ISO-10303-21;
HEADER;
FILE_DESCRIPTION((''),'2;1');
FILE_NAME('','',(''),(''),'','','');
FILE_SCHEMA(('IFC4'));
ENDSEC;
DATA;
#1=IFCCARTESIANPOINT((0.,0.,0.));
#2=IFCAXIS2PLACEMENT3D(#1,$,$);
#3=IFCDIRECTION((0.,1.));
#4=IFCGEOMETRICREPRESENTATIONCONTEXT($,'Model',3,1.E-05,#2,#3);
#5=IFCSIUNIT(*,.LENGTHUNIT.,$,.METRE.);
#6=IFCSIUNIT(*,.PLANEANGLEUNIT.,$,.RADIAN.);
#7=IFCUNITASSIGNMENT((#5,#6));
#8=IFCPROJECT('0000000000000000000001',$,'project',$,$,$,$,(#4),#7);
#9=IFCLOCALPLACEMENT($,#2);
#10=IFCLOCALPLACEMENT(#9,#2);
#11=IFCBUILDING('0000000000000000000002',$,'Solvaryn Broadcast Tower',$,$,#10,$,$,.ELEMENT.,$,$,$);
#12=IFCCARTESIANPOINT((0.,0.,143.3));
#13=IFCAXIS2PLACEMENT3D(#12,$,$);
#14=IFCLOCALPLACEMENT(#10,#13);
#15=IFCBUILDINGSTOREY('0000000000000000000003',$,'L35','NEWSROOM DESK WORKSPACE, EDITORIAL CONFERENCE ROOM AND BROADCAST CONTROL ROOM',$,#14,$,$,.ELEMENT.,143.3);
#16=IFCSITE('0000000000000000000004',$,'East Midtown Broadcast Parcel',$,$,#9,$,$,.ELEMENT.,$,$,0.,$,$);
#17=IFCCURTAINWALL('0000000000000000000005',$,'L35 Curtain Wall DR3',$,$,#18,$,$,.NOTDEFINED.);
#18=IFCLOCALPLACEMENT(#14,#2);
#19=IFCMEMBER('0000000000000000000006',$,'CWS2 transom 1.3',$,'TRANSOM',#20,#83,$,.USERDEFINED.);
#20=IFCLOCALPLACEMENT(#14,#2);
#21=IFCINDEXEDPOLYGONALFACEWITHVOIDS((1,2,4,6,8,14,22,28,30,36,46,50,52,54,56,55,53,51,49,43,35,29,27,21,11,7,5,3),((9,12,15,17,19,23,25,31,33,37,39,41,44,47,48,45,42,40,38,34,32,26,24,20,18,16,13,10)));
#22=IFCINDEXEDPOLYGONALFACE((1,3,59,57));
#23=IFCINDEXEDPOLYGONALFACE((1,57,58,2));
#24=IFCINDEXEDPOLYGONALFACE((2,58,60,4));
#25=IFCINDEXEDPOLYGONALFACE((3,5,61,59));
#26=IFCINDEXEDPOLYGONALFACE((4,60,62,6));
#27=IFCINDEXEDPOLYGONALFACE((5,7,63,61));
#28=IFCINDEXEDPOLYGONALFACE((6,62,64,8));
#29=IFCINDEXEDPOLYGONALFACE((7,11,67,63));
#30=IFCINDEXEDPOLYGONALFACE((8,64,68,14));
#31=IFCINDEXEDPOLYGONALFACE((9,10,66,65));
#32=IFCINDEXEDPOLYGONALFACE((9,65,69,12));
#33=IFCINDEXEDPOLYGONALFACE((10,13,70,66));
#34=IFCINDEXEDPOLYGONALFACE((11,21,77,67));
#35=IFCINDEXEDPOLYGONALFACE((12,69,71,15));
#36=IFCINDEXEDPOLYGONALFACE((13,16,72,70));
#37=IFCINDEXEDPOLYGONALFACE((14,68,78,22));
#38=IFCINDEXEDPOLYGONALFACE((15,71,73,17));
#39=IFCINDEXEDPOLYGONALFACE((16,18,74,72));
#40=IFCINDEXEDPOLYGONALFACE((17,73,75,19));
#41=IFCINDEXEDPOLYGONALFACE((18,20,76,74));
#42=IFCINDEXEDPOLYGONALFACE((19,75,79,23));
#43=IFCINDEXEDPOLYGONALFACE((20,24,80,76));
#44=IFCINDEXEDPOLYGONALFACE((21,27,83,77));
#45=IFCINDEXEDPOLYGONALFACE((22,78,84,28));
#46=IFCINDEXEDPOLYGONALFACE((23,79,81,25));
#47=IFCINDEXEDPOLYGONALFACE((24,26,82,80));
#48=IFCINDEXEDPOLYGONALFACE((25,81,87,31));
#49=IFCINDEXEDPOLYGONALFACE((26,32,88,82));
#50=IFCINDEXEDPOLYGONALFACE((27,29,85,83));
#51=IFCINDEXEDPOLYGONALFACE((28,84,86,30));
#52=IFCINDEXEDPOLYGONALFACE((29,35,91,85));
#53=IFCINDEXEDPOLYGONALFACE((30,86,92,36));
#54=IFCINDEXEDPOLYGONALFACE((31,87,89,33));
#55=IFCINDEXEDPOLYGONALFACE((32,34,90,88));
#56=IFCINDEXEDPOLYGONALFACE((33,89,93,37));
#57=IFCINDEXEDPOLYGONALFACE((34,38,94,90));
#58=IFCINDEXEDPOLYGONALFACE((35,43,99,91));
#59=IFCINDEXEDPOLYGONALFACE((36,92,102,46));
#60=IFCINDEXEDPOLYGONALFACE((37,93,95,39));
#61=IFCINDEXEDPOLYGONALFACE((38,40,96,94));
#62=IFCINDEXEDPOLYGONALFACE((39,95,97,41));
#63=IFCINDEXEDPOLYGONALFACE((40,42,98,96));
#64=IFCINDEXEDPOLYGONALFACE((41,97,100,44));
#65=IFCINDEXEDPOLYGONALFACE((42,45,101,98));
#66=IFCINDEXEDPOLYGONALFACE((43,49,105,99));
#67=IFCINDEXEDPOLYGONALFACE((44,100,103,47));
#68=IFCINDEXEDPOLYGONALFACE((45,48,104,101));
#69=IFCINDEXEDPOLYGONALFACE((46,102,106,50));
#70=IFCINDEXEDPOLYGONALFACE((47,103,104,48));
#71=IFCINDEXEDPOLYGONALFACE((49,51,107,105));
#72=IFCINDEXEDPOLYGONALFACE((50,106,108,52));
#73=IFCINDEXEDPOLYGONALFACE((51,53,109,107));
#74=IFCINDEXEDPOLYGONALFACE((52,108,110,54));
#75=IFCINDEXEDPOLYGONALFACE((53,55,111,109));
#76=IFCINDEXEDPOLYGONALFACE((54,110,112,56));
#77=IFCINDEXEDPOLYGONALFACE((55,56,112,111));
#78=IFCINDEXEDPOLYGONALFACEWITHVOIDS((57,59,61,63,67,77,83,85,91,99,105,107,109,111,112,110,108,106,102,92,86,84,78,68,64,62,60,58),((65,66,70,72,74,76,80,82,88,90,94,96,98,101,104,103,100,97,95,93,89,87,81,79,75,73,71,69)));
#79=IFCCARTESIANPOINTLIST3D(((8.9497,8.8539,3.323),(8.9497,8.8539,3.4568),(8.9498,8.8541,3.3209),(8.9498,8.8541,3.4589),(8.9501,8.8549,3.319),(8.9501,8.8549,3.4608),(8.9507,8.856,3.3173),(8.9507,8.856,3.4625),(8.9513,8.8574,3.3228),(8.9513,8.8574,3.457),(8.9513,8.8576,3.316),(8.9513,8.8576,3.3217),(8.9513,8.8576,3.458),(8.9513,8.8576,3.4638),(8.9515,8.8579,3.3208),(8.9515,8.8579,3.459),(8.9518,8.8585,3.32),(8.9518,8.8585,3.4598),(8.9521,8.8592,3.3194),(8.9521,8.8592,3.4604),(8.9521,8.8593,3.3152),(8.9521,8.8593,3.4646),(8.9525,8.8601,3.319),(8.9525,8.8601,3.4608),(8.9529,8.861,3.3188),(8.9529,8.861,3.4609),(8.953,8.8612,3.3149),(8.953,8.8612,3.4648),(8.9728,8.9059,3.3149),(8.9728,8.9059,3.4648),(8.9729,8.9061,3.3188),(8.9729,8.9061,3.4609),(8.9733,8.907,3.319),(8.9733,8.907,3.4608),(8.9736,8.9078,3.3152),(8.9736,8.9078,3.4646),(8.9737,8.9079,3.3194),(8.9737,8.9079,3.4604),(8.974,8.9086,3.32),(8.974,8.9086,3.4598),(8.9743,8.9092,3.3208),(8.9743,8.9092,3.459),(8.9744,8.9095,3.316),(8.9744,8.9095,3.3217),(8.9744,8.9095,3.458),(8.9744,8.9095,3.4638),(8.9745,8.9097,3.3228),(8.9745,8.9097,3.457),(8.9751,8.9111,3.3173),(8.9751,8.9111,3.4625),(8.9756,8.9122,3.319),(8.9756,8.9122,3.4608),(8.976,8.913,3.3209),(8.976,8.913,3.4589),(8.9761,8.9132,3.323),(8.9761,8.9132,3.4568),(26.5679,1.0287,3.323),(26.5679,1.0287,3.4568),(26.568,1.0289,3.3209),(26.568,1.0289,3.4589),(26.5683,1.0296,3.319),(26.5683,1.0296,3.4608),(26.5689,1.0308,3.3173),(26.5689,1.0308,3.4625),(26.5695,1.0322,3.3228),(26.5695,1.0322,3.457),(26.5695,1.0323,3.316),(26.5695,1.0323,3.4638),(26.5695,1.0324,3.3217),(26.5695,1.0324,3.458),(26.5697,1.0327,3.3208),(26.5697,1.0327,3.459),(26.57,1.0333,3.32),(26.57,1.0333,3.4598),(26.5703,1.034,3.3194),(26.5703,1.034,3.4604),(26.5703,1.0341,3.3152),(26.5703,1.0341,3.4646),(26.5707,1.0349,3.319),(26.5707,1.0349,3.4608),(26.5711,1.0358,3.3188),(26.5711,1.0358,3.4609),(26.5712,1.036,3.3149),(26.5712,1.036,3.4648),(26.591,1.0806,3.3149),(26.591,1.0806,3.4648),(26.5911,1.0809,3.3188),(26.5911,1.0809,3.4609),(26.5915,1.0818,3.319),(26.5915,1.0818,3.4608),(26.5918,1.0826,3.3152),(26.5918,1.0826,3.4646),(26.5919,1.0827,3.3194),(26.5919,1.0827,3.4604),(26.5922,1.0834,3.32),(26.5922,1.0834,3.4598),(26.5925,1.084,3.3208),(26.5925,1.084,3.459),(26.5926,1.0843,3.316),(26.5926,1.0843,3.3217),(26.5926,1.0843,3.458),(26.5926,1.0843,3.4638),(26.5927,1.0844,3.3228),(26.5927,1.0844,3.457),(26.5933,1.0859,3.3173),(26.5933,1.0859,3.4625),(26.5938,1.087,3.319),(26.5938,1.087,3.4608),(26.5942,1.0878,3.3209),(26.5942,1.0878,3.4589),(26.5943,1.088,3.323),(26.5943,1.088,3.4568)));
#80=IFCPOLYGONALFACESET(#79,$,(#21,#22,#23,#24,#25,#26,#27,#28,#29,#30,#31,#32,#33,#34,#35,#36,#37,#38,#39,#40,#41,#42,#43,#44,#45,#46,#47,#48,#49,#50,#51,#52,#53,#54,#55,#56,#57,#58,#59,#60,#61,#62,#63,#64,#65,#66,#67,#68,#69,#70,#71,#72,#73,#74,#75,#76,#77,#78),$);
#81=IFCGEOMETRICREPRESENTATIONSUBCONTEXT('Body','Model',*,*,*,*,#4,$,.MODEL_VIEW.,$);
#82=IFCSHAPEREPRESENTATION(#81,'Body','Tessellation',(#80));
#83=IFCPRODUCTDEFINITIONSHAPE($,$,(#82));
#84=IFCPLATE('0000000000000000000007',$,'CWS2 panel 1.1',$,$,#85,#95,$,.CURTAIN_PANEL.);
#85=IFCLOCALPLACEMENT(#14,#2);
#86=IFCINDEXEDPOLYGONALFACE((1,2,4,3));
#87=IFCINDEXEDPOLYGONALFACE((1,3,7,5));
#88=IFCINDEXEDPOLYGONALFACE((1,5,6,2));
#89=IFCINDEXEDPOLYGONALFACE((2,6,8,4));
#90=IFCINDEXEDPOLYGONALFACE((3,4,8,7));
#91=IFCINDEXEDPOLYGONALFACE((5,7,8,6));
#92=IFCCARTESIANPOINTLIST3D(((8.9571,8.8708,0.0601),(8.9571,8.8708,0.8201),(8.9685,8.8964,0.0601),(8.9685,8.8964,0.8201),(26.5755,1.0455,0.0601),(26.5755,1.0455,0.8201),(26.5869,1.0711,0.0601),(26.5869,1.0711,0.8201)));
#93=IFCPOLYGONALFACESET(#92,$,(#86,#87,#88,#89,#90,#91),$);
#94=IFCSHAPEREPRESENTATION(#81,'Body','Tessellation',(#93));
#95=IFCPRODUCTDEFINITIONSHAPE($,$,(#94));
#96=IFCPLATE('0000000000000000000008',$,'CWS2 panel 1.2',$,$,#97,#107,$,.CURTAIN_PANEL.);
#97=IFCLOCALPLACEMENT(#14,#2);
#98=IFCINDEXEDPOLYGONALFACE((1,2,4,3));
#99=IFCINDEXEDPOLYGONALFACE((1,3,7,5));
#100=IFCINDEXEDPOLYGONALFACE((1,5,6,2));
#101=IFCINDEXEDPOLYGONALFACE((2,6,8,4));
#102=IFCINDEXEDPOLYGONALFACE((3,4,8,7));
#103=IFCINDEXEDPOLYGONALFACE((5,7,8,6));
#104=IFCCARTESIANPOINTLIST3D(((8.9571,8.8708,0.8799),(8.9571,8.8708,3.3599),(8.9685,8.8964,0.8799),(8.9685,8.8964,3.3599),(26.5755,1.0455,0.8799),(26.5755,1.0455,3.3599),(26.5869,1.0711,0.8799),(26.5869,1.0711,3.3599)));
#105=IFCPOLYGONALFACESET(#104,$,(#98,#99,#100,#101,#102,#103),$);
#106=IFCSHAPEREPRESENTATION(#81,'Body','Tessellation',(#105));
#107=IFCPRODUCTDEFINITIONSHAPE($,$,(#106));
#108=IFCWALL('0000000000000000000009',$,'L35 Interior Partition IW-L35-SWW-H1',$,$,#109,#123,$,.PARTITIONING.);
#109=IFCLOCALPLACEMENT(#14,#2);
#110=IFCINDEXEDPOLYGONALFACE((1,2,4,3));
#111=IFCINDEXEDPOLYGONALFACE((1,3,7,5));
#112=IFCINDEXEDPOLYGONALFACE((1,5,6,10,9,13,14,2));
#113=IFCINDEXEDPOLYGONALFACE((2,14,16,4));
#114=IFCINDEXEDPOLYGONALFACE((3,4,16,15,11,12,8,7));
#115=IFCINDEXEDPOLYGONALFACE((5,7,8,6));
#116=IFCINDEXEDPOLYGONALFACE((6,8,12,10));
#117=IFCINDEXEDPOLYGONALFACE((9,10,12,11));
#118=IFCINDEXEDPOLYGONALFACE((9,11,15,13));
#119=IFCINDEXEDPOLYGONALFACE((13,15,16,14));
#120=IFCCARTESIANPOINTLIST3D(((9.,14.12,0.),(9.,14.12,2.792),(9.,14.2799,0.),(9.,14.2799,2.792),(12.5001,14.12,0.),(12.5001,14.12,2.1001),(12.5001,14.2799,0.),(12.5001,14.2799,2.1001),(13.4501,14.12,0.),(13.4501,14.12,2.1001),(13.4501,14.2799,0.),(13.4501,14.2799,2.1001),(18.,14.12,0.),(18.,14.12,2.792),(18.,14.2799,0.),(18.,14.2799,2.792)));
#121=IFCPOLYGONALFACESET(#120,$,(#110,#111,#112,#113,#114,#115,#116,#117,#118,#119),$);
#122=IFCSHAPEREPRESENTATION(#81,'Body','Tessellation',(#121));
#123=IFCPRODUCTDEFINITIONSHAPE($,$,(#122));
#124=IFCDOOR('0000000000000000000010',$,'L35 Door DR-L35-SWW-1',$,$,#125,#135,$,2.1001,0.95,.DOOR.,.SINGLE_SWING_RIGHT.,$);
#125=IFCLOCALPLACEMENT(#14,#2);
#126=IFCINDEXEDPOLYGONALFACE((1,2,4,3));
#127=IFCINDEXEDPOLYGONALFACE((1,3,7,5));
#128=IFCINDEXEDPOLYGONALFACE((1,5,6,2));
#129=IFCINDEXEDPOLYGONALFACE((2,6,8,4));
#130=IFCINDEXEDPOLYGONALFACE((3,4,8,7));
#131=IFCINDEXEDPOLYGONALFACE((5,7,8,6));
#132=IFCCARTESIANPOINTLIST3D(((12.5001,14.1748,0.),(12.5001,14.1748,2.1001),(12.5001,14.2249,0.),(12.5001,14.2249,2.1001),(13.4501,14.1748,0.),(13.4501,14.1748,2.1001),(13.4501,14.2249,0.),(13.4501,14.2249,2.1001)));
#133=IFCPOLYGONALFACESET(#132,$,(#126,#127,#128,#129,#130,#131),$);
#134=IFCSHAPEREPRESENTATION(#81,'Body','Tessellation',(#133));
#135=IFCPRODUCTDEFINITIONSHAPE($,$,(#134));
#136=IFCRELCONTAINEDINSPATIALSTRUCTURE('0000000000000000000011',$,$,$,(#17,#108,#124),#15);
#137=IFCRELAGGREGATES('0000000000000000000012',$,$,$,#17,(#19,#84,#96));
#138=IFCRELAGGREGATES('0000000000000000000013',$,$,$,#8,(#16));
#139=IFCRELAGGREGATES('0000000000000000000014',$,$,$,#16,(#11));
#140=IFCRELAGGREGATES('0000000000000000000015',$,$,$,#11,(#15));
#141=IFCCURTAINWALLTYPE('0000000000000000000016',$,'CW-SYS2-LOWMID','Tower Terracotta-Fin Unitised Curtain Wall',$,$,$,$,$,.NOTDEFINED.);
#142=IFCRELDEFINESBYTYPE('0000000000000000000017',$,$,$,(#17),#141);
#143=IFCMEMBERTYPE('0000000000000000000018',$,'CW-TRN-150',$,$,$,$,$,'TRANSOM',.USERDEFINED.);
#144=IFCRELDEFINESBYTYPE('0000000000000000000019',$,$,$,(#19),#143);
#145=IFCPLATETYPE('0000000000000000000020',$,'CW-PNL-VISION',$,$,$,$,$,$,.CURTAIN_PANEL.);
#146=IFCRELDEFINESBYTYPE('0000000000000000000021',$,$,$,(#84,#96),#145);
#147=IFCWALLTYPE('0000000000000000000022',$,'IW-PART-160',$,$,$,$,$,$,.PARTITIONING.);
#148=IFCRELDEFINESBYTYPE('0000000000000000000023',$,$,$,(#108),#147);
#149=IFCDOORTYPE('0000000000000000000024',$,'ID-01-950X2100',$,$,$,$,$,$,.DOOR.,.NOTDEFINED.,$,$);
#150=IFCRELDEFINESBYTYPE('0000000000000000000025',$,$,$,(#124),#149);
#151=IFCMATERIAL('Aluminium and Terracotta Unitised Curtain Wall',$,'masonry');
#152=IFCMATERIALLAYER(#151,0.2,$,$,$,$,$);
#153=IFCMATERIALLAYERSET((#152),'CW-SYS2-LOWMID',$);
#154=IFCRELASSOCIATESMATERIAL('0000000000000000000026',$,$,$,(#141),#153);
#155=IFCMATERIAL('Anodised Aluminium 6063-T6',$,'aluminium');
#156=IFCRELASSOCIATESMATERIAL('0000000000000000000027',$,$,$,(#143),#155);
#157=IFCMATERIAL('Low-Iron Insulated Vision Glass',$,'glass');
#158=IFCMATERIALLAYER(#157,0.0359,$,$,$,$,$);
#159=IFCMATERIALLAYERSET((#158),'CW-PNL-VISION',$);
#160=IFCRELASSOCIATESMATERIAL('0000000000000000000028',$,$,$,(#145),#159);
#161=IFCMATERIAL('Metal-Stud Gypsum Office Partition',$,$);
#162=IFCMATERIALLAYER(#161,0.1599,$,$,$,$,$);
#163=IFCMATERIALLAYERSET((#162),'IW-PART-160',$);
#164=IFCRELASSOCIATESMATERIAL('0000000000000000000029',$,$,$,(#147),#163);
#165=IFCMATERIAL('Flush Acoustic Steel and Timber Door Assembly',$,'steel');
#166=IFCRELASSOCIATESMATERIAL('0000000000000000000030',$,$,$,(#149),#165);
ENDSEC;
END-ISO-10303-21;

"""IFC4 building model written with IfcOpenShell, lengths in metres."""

from ifc_helpers import new_model, si_unit, direction, frame, frame_2d, origin, origin_2d, place, context, subcontext, project, spatial, rectangle, hollow_rectangle, extrude, material, layer, layer_set, material_profile, profile_set, type_object, element, fill, aggregate, save


model = new_model("IFC4")

# Units and contexts
model_context = context("Model", 3, precision=1e-05, world=origin(), true_north=direction((0.0, 1.0)))
body_context = subcontext(model_context, "Body", "Model", "MODEL_VIEW")
ifc_project = project(units=[si_unit("LENGTHUNIT", "METRE"), si_unit("PLANEANGLEUNIT", "RADIAN")], contexts=[model_context])

# Site, building, storey
site_placement = place(None, origin())
site = spatial("IfcSite", under=ifc_project, at=site_placement, Name="East Midtown Broadcast Parcel", CompositionType="ELEMENT", RefElevation=0.0)
building_placement = place(site_placement, origin())
building = spatial("IfcBuilding", under=site, at=building_placement, Name="Solvaryn Broadcast Tower", CompositionType="ELEMENT")
storey_placement = place(building_placement, frame((0.0, 0.0, 143.3)))
storey = spatial("IfcBuildingStorey", under=building, at=storey_placement, Name="L35", Description="NEWSROOM DESK WORKSPACE, EDITORIAL CONFERENCE ROOM AND BROADCAST CONTROL ROOM", CompositionType="ELEMENT", Elevation=143.3)

# Shared definitions
ifc_material_1 = material(Name="Aluminium and Terracotta Unitised Curtain Wall", Category="masonry")
ifc_layer_1 = layer(ifc_material_1, 0.2)
ifc_layer_set_1 = layer_set([ifc_layer_1], Name="CW-SYS2-LOWMID")
curtain_wall_type = type_object("IfcCurtainWallType", Name="CW-SYS2-LOWMID", Description="Tower Terracotta-Fin Unitised Curtain Wall", PredefinedType="NOTDEFINED", material=ifc_layer_set_1)

# Curtain wall, member, plates
curtain_wall_1_placement = place(storey_placement, origin())
curtain_wall_1 = element("IfcCurtainWall", 1, at=curtain_wall_1_placement, inside=storey, type_object=curtain_wall_type, Name="L35 Curtain Wall DR3", PredefinedType="NOTDEFINED")
ifc_material_2 = material(Name="Anodised Aluminium 6063-T6", Category="aluminium")
ifc_material_profile_1 = material_profile(ifc_material_2, hollow_rectangle(XDim=0.0649, YDim=0.1499, WallThickness=0.0039, InnerFilletRadius=0.0039, OuterFilletRadius=0.0081, at=origin_2d()))
ifc_profile_set_1 = profile_set([ifc_material_profile_1], Name="Anodised Aluminium 6063-T6")
member_type_1 = type_object("IfcMemberType", Name="CW-TRN-150", ElementType="TRANSOM", PredefinedType="USERDEFINED", material=ifc_profile_set_1)
member_1_placement = place(storey_placement, frame((8.9629, 8.8835, 3.3899), z_axis=(0.91391, -0.405918, 0.0), x_axis=(0.405918, 0.91391, 0.0)))
member_1 = element("IfcMember", 2, at=member_1_placement, type_object=member_type_1, Name="CWS2 transom 1.3", ObjectType="TRANSOM", PredefinedType="USERDEFINED", context=body_context, shape_type="SweptSolid", body=[
    extrude(hollow_rectangle(XDim=0.0649, YDim=0.1499, WallThickness=0.0039, InnerFilletRadius=0.0039, OuterFilletRadius=0.0081, at=origin_2d()), origin(), (0.0, 0.0, 1.0), 19.2778),
])
ifc_material_3 = material(Name="Low-Iron Insulated Vision Glass", Category="glass")
ifc_layer_2 = layer(ifc_material_3, 0.0359)
ifc_layer_set_2 = layer_set([ifc_layer_2], Name="CW-PNL-VISION")
plate_type = type_object("IfcPlateType", Name="CW-PNL-VISION", PredefinedType="CURTAIN_PANEL", material=ifc_layer_set_2)
plate_1_placement = place(storey_placement, frame((17.772, 4.9709, 0.0601), z_axis=(0.0, 0.0, 1.0), x_axis=(0.913909, -0.405918, 0.0)))
plate_1 = element("IfcPlate", 3, at=plate_1_placement, type_object=plate_type, Name="CWS2 panel 1.1", PredefinedType="CURTAIN_PANEL", context=body_context, shape_type="SweptSolid", body=[
    extrude(rectangle(XDim=19.2781, YDim=0.0281, at=origin_2d()), origin(), (0.0, 0.0, 1.0), 0.76),
])
plate_2_placement = place(storey_placement, frame((17.772, 4.9709, 0.8799), z_axis=(0.0, 0.0, 1.0), x_axis=(0.913909, -0.405918, 0.0)))
plate_2 = element("IfcPlate", 4, at=plate_2_placement, type_object=plate_type, Name="CWS2 panel 1.2", PredefinedType="CURTAIN_PANEL", context=body_context, shape_type="SweptSolid", body=[
    extrude(rectangle(XDim=19.2781, YDim=0.0281, at=origin_2d()), origin(), (0.0, 0.0, 1.0), 2.48),
])
aggregate(curtain_wall_1, [member_1, plate_1, plate_2])

# Wall, opening, door
ifc_material_4 = material(Name="Metal-Stud Gypsum Office Partition")
ifc_layer_3 = layer(ifc_material_4, 0.1599)
ifc_layer_set_3 = layer_set([ifc_layer_3], Name="IW-PART-160")
wall_type_1 = type_object("IfcWallType", Name="IW-PART-160", PredefinedType="PARTITIONING", material=ifc_layer_set_3)
wall_1_placement = place(storey_placement, frame((9.0, 14.2, 0.0), z_axis=(0.0, 0.0, 1.0), x_axis=(1.0, 0.0, 0.0)))
wall_1 = element("IfcWall", 5, at=wall_1_placement, inside=storey, type_object=wall_type_1, Name="L35 Interior Partition IW-L35-SWW-H1", PredefinedType="PARTITIONING", context=body_context, shape_type="SweptSolid", body=[
    extrude(rectangle(XDim=9.0, YDim=0.1599, at=frame_2d((4.5, 0.0))), origin(), (0.0, 0.0, 1.0), 2.792),
])
opening_1_placement = place(wall_1_placement, frame((3.5, 0.0, 0.0)))
opening_1 = element("IfcOpeningElement", 6, at=opening_1_placement, cuts=wall_1, PredefinedType="OPENING", context=body_context, shape_type="SweptSolid", body=[
    extrude(rectangle(XDim=0.95, YDim=2.1001, at=frame_2d((0.4751, 1.05))), frame((0.0, 0.0901, 0.0), z_axis=(0.0, -1.0, 0.0), x_axis=(1.0, 0.0, 0.0)), (0.0, 0.0, 1.0), 0.1799),
])
ifc_material_5 = material(Name="Flush Acoustic Steel and Timber Door Assembly", Category="steel")
door_type_1 = type_object("IfcDoorType", Name="ID-01-950X2100", OperationType="NOTDEFINED", PredefinedType="DOOR", material=ifc_material_5)
door_1_placement = place(opening_1_placement, origin())
door_1 = element("IfcDoor", 7, at=door_1_placement, inside=storey, type_object=door_type_1, Name="L35 Door DR-L35-SWW-1", OperationType="SINGLE_SWING_RIGHT", OverallHeight=2.1001, OverallWidth=0.95, PredefinedType="DOOR", context=body_context, shape_type="SweptSolid", body=[
    extrude(rectangle(XDim=0.95, YDim=2.1001, at=frame_2d((0.4751, 1.05))), frame((0.0, 0.0249, 0.0), z_axis=(0.0, -1.0, 0.0), x_axis=(1.0, 0.0, 0.0)), (0.0, 0.0, 1.0), 0.05),
])
fill(opening_1, door_1)

save(model, "model.ifc")
